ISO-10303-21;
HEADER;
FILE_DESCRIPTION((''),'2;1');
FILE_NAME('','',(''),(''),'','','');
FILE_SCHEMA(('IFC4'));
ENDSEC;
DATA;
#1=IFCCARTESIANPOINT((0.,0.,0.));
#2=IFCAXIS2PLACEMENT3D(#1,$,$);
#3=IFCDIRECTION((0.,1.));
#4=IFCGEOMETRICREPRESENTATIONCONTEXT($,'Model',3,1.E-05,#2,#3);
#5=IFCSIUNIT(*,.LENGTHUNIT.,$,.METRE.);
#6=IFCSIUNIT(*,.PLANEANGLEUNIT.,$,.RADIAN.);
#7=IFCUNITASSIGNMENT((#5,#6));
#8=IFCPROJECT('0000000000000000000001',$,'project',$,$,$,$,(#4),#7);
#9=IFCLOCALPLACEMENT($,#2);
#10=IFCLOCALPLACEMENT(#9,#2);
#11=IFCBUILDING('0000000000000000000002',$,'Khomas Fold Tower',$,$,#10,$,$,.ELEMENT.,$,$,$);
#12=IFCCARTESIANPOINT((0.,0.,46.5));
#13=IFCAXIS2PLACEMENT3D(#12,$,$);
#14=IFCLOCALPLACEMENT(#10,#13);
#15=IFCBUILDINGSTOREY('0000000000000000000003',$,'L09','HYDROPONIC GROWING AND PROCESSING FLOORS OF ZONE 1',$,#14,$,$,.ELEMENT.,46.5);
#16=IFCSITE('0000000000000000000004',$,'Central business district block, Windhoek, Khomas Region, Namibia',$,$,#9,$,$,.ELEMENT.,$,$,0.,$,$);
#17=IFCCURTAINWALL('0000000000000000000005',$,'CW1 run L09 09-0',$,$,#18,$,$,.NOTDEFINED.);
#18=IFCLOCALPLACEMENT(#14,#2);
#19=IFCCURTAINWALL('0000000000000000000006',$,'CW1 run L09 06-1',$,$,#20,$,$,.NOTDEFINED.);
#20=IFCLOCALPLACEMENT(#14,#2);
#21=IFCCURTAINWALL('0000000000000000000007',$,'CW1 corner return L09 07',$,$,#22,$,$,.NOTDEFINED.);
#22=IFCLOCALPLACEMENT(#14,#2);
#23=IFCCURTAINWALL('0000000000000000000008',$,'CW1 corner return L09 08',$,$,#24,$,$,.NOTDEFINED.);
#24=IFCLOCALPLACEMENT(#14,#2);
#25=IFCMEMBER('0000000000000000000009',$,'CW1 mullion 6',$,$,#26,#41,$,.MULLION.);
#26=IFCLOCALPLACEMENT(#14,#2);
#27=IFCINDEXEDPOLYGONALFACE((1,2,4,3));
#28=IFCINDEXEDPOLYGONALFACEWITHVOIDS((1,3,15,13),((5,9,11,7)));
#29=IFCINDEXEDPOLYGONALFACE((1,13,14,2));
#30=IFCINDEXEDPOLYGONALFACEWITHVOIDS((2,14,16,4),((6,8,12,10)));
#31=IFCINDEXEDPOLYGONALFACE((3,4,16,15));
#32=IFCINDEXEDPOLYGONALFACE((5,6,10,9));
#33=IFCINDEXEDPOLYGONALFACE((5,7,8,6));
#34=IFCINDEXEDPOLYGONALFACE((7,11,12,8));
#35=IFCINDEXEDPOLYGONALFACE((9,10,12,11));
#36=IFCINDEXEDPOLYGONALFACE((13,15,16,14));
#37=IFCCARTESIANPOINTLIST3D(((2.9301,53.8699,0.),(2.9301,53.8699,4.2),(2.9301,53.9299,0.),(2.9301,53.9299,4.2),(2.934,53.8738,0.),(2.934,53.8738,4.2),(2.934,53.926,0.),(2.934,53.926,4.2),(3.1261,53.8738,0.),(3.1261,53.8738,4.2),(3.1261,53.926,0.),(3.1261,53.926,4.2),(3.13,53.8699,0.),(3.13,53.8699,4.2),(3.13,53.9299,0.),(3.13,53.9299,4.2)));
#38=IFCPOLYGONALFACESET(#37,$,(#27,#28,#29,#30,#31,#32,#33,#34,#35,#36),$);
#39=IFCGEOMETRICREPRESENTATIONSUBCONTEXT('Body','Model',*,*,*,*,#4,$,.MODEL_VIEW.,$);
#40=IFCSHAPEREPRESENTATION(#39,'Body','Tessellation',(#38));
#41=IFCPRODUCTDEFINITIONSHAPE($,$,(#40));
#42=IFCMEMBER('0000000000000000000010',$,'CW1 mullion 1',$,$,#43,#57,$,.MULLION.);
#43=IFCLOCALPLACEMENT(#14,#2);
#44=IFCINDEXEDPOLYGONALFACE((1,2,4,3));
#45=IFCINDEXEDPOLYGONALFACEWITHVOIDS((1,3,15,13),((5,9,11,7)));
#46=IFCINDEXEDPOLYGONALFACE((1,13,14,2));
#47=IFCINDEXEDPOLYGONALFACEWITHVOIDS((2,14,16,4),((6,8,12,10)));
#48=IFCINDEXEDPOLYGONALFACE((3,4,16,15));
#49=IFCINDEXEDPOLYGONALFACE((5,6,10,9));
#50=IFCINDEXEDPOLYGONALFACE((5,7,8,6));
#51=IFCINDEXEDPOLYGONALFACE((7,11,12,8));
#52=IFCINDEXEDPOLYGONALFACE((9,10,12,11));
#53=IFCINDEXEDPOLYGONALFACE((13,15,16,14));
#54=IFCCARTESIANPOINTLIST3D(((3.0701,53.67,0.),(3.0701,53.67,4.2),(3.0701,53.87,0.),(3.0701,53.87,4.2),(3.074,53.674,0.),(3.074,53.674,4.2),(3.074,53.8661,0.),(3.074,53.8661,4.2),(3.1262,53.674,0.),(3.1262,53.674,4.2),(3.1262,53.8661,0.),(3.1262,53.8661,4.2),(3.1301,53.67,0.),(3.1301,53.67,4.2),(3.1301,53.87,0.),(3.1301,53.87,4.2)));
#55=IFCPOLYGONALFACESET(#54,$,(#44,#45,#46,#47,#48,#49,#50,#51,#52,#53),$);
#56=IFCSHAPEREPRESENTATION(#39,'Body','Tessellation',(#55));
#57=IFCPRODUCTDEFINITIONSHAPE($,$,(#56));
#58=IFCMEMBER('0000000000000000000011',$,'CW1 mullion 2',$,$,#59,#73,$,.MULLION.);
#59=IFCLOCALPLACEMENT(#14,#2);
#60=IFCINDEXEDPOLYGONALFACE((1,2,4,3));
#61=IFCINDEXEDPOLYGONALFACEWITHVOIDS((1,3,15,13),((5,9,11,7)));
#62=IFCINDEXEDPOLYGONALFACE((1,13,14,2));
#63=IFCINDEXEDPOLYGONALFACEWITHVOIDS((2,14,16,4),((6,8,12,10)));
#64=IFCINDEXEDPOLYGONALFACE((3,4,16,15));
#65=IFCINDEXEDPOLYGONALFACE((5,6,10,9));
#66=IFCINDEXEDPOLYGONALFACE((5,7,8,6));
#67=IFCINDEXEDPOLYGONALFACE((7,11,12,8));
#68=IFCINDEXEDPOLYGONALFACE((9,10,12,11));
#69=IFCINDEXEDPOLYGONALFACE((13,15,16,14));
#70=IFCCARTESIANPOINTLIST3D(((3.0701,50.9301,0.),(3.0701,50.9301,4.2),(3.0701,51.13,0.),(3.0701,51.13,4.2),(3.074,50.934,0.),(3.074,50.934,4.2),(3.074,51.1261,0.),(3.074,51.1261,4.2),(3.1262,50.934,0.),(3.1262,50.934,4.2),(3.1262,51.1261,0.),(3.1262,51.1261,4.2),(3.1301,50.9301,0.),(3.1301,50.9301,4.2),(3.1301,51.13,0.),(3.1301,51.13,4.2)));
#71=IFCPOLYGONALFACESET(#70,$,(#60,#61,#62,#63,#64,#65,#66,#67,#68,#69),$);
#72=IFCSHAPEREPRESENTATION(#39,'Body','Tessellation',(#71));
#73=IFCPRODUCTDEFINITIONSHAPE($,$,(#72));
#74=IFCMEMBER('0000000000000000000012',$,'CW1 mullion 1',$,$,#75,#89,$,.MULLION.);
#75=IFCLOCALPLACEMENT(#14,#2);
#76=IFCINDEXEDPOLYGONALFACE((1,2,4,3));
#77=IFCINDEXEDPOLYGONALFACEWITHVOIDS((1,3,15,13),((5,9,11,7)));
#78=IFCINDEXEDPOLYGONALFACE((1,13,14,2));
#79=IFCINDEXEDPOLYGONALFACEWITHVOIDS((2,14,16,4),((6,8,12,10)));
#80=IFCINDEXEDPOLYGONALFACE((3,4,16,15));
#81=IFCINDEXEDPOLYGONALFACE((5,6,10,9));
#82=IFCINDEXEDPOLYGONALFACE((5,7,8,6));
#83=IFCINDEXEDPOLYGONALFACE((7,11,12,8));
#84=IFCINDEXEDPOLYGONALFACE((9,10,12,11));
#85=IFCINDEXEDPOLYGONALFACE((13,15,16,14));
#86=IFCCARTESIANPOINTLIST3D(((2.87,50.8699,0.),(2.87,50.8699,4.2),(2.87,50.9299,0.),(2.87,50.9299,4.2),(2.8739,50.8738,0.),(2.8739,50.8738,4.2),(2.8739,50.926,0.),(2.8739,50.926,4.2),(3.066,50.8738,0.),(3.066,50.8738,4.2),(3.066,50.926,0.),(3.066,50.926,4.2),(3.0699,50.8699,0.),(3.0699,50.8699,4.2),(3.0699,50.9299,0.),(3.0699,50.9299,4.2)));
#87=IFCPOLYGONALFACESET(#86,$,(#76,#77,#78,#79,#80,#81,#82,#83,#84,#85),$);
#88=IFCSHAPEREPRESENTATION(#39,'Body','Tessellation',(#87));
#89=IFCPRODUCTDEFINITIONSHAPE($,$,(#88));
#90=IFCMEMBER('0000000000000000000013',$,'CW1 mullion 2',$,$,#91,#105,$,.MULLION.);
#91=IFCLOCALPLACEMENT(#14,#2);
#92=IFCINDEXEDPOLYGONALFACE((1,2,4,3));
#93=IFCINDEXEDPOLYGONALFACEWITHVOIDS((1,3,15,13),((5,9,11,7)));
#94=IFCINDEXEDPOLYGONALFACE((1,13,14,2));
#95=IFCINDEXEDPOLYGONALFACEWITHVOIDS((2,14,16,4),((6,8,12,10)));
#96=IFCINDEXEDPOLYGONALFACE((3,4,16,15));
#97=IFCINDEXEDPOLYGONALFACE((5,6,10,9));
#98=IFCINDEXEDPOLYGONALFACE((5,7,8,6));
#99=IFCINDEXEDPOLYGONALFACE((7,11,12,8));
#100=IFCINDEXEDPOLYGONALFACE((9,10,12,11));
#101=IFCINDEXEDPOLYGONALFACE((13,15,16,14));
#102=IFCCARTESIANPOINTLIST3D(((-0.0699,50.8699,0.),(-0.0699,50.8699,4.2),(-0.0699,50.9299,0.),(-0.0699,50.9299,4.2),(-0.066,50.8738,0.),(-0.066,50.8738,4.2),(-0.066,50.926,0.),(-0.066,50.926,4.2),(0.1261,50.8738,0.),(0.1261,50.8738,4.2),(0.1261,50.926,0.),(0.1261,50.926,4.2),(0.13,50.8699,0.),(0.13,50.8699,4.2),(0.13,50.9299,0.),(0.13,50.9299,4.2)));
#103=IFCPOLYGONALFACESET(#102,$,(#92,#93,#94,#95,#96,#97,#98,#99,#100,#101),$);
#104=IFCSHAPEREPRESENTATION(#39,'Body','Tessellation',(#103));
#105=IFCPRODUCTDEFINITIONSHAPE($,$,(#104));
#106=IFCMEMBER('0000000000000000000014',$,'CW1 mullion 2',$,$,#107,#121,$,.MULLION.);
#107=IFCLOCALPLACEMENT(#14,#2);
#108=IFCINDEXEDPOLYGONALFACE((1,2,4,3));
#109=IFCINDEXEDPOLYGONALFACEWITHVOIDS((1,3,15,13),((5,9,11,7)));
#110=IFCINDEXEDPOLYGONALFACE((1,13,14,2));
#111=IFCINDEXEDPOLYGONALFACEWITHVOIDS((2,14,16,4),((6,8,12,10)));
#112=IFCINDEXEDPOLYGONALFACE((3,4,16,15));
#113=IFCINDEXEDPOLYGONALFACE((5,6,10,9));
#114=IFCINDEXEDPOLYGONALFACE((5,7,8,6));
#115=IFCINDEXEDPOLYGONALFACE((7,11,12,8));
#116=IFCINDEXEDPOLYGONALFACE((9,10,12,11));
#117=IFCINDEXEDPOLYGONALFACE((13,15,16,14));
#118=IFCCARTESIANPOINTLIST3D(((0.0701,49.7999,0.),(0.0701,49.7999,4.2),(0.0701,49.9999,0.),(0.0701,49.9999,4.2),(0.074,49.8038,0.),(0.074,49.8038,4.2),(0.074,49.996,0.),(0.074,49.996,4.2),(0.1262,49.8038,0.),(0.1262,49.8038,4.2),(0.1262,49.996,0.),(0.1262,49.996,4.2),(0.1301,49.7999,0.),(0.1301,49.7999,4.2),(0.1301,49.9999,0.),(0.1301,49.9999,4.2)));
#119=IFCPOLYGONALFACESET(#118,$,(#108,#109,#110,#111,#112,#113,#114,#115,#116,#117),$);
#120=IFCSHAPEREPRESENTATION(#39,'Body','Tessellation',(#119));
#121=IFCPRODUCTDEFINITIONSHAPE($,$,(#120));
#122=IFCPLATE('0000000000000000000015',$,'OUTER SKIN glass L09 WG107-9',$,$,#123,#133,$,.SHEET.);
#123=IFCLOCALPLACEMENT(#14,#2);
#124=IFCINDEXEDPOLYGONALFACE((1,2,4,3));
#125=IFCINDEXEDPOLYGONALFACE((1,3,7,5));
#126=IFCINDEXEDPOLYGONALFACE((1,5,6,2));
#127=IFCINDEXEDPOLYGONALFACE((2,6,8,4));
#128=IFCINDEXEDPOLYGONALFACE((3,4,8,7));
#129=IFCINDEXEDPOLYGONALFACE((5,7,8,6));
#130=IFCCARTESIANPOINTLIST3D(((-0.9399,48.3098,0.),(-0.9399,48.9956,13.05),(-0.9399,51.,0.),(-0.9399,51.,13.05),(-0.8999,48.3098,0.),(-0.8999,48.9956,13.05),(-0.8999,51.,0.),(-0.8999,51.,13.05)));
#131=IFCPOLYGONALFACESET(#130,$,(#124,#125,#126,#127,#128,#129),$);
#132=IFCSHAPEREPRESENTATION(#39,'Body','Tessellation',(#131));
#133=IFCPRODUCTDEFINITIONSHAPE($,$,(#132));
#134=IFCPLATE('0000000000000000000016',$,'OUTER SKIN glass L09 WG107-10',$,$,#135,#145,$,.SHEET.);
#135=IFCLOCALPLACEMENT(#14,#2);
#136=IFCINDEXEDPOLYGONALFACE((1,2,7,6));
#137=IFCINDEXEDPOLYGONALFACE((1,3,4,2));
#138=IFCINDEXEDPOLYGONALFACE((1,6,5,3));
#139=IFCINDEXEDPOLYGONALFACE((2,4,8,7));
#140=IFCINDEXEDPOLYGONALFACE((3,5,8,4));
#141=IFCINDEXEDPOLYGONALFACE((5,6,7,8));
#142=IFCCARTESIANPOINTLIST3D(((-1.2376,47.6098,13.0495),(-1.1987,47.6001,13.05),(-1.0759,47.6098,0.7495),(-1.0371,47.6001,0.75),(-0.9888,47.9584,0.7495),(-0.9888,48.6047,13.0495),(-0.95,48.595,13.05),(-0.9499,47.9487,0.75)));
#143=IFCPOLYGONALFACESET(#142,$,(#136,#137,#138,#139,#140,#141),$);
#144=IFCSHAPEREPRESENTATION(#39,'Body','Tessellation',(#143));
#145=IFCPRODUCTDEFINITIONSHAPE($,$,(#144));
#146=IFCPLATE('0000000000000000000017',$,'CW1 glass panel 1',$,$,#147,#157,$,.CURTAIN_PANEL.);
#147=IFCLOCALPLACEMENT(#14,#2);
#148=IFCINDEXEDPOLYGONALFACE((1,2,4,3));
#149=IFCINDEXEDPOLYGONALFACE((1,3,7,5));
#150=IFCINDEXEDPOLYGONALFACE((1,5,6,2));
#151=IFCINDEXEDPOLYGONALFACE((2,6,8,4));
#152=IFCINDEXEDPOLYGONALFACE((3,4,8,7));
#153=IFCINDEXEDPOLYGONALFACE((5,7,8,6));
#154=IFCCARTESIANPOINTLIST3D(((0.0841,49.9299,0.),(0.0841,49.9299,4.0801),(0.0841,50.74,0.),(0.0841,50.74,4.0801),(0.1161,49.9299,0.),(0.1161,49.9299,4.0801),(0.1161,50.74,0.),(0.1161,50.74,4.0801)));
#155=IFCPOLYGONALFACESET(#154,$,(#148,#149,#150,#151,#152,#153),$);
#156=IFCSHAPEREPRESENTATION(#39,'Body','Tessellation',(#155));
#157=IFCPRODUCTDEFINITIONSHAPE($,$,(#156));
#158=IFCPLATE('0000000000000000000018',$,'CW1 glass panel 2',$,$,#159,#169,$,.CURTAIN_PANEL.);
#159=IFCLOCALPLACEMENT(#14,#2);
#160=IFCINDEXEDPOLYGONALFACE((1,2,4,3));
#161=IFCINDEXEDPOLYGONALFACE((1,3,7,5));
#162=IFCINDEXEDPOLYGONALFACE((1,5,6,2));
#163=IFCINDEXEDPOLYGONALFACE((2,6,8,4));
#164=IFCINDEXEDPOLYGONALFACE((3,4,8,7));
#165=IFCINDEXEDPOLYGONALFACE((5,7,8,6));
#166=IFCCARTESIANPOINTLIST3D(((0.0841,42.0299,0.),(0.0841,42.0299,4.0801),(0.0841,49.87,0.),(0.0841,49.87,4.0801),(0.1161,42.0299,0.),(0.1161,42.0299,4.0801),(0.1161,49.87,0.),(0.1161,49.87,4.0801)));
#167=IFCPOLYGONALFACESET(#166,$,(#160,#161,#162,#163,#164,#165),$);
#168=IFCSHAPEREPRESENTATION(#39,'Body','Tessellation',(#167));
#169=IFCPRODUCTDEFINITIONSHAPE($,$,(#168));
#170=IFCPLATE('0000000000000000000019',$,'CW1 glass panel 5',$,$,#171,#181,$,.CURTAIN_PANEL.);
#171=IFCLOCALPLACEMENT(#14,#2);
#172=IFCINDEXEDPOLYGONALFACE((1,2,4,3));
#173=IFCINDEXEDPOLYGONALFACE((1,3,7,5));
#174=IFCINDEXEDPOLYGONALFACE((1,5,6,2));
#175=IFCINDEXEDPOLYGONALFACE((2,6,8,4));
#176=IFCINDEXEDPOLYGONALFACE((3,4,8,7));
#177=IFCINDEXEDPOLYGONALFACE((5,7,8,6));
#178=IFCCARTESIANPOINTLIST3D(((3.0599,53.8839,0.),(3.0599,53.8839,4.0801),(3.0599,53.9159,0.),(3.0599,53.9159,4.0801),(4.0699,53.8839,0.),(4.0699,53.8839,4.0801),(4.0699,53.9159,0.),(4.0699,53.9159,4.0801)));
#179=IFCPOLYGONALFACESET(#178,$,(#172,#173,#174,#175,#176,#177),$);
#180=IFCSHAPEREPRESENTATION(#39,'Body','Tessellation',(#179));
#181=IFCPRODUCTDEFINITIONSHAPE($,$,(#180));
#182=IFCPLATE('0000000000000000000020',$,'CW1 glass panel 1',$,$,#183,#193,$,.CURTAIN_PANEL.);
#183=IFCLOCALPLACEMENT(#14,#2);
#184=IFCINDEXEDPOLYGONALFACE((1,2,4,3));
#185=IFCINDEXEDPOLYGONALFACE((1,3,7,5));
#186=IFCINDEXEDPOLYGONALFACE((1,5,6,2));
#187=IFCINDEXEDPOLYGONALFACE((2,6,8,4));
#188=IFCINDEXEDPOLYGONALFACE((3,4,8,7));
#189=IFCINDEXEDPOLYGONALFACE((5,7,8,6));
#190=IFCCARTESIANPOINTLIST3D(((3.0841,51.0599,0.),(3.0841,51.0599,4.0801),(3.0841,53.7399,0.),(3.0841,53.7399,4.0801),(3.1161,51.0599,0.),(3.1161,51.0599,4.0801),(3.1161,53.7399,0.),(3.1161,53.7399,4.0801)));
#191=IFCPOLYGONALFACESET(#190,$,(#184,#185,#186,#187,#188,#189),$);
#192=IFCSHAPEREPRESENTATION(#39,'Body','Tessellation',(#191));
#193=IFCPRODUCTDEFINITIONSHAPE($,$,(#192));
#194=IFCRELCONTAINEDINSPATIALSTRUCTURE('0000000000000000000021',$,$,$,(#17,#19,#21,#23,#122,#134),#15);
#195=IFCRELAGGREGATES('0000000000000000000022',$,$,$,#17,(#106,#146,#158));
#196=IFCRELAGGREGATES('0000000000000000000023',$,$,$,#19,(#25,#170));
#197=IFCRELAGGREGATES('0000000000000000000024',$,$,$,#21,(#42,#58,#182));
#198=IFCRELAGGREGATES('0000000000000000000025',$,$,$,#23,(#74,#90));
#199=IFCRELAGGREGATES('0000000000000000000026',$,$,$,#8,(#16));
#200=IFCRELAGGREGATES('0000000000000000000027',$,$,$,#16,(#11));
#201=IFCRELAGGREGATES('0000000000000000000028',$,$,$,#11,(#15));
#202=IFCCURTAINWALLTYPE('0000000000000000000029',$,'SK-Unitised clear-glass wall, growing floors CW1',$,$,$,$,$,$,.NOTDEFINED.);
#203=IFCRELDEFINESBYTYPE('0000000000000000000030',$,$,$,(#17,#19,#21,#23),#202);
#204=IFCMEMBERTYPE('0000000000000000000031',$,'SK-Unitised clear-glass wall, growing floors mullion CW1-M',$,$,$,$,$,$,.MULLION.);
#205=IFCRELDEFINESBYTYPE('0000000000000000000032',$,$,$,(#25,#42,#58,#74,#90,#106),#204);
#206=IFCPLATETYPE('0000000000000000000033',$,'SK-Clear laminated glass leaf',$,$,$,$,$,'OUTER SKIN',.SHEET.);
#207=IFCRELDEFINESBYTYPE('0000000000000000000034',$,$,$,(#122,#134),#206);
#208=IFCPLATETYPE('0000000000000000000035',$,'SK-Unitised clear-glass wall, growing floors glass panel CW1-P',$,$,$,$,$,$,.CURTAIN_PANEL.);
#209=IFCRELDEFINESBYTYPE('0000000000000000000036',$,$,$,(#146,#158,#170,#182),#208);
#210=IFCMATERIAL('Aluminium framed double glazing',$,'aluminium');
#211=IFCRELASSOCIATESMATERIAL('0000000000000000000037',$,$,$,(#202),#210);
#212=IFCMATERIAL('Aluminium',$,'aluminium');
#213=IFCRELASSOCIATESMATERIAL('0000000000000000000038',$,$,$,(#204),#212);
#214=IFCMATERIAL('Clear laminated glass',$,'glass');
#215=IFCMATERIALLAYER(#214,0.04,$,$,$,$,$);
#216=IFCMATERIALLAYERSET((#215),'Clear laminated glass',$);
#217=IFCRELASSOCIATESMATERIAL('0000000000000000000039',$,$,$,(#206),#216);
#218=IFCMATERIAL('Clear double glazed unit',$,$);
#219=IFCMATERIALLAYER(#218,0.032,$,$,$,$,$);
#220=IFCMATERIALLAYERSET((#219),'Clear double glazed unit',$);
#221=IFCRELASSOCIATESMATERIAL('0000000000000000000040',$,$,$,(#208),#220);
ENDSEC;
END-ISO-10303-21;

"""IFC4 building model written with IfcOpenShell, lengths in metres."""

from ifc_helpers import new_model, si_unit, direction, frame, origin, origin_2d, place, context, subcontext, project, spatial, polyline, rectangle, hollow_rectangle, outline, extrude, source, transform, mapped, material, layer, layer_set, material_profile, profile_set, type_object, element, aggregate, save


model = new_model("IFC4")

# Units and contexts
model_context = context("Model", 3, precision=1e-05, world=origin(), true_north=direction((0.0, 1.0)))
body_context = subcontext(model_context, "Body", "Model", "MODEL_VIEW")
ifc_project = project(units=[si_unit("LENGTHUNIT", "METRE"), si_unit("PLANEANGLEUNIT", "RADIAN")], contexts=[model_context])

# Site, building, storey
site_placement = place(None, origin())
site = spatial("IfcSite", under=ifc_project, at=site_placement, Name="Central business district block, Windhoek, Khomas Region, Namibia", CompositionType="ELEMENT", RefElevation=0.0)
building_placement = place(site_placement, origin())
building = spatial("IfcBuilding", under=site, at=building_placement, Name="Khomas Fold Tower", CompositionType="ELEMENT")
storey_placement = place(building_placement, frame((0.0, 0.0, 46.5)))
storey = spatial("IfcBuildingStorey", under=building, at=storey_placement, Name="L09", Description="HYDROPONIC GROWING AND PROCESSING FLOORS OF ZONE 1", CompositionType="ELEMENT", Elevation=46.5)

# Curtain wall
ifc_material_1 = material(Name="Aluminium framed double glazing", Category="aluminium")
curtain_wall_type = type_object("IfcCurtainWallType", Name="SK-Unitised clear-glass wall, growing floors CW1", PredefinedType="NOTDEFINED", material=ifc_material_1)
curtain_wall_1_placement = place(storey_placement, origin())
curtain_wall_1 = element("IfcCurtainWall", 1, at=curtain_wall_1_placement, inside=storey, type_object=curtain_wall_type, Name="CW1 run L09 09-0", PredefinedType="NOTDEFINED")

# Curtain walls
curtain_wall_2_placement = place(storey_placement, origin())
curtain_wall_2 = element("IfcCurtainWall", 2, at=curtain_wall_2_placement, inside=storey, type_object=curtain_wall_type, Name="CW1 run L09 06-1", PredefinedType="NOTDEFINED")
curtain_wall_3_placement = place(storey_placement, origin())
curtain_wall_3 = element("IfcCurtainWall", 3, at=curtain_wall_3_placement, inside=storey, type_object=curtain_wall_type, Name="CW1 corner return L09 07", PredefinedType="NOTDEFINED")
curtain_wall_4_placement = place(storey_placement, origin())
curtain_wall_4 = element("IfcCurtainWall", 4, at=curtain_wall_4_placement, inside=storey, type_object=curtain_wall_type, Name="CW1 corner return L09 08", PredefinedType="NOTDEFINED")

# Members
ifc_material_2 = material(Name="Aluminium", Category="aluminium")
ifc_material_profile_1 = material_profile(ifc_material_2, hollow_rectangle(XDim=0.0601, YDim=0.2, WallThickness=0.0039, at=origin_2d()), Name="SK-Unitised clear-glass wall, growing floors mullion CW1-M")
ifc_profile_set_1 = profile_set([ifc_material_profile_1], Name="Aluminium")
member_type_1 = type_object("IfcMemberType", Name="SK-Unitised clear-glass wall, growing floors mullion CW1-M", PredefinedType="MULLION", material=ifc_profile_set_1)
shared_shape_1 = source(origin(), body_context, "Body", "SweptSolid", [
    extrude(hollow_rectangle(XDim=0.0601, YDim=0.2, WallThickness=0.0039, at=origin_2d()), origin(), (0.0, 0.0, 1.0), 4.2),
])
member_1_placement = place(storey_placement, frame((3.03, 53.8999, 0.0), z_axis=(0.0, 0.0, 1.0), x_axis=(0.0, -1.0, 0.0)))
member_1 = element("IfcMember", 5, at=member_1_placement, type_object=member_type_1, Name="CW1 mullion 6", PredefinedType="MULLION", context=body_context, shape_type="MappedRepresentation", body=[
    mapped(shared_shape_1, transform((0.0, 0.0, 0.0))),
])
member_2_placement = place(storey_placement, frame((3.1001, 53.77, 0.0), z_axis=(0.0, 0.0, 1.0), x_axis=(1.0, 0.0, 0.0)))
member_2 = element("IfcMember", 6, at=member_2_placement, type_object=member_type_1, Name="CW1 mullion 1", PredefinedType="MULLION", context=body_context, shape_type="MappedRepresentation", body=[
    mapped(shared_shape_1, transform((0.0, 0.0, 0.0))),
])
member_3_placement = place(storey_placement, frame((3.1001, 51.03, 0.0), z_axis=(0.0, 0.0, 1.0), x_axis=(1.0, 0.0, 0.0)))
member_3 = element("IfcMember", 7, at=member_3_placement, type_object=member_type_1, Name="CW1 mullion 2", PredefinedType="MULLION", context=body_context, shape_type="MappedRepresentation", body=[
    mapped(shared_shape_1, transform((0.0, 0.0, 0.0))),
])
member_4_placement = place(storey_placement, frame((2.97, 50.8999, 0.0), z_axis=(0.0, 0.0, 1.0), x_axis=(0.0, -1.0, 0.0)))
member_4 = element("IfcMember", 8, at=member_4_placement, type_object=member_type_1, Name="CW1 mullion 1", PredefinedType="MULLION", context=body_context, shape_type="MappedRepresentation", body=[
    mapped(shared_shape_1, transform((0.0, 0.0, 0.0))),
])
member_5_placement = place(storey_placement, frame((0.03, 50.8999, 0.0), z_axis=(0.0, 0.0, 1.0), x_axis=(0.0, -1.0, 0.0)))
member_5 = element("IfcMember", 9, at=member_5_placement, type_object=member_type_1, Name="CW1 mullion 2", PredefinedType="MULLION", context=body_context, shape_type="MappedRepresentation", body=[
    mapped(shared_shape_1, transform((0.0, 0.0, 0.0))),
])
member_6_placement = place(storey_placement, frame((0.1001, 49.8999, 0.0), z_axis=(0.0, 0.0, 1.0), x_axis=(1.0, 0.0, 0.0)))
member_6 = element("IfcMember", 10, at=member_6_placement, type_object=member_type_1, Name="CW1 mullion 2", PredefinedType="MULLION", context=body_context, shape_type="MappedRepresentation", body=[
    mapped(shared_shape_1, transform((0.0, 0.0, 0.0))),
])

# Plates
ifc_material_3 = material(Name="Clear laminated glass", Category="glass")
ifc_layer_1 = layer(ifc_material_3, 0.04)
ifc_layer_set_1 = layer_set([ifc_layer_1], Name="Clear laminated glass")
plate_type_1 = type_object("IfcPlateType", Name="SK-Clear laminated glass leaf", ElementType="OUTER SKIN", PredefinedType="SHEET", material=ifc_layer_set_1)
plate_1_placement = place(storey_placement, frame((-0.9399, 48.3098, 0.0), z_axis=(-1.0, 0.0, 0.0), x_axis=(0.0, 0.052478, 0.998622)))
element("IfcPlate", 11, at=plate_1_placement, inside=storey, type_object=plate_type_1, Name="OUTER SKIN glass L09 WG107-9", PredefinedType="SHEET", context=body_context, shape_type="SweptSolid", body=[
    extrude(outline(polyline([(0.0, 0.0), (13.0681, 0.0), (13.1732, 2.0016), (0.1412, 2.6865), (0.0, 0.0)])), origin(), (0.0, 0.0, -1.0), 0.04),
])
plate_2_placement = place(storey_placement, frame((-0.95, 48.595, 13.05), z_axis=(0.970053, -0.242557, 0.012745), x_axis=(0.000001, -0.052468, -0.998623)))
element("IfcPlate", 12, at=plate_2_placement, inside=storey, type_object=plate_type_1, Name="OUTER SKIN glass L09 WG107-10", PredefinedType="SHEET", context=body_context, shape_type="SweptSolid", body=[
    extrude(outline(polyline([(0.0, 0.0), (12.317, 0.0), (12.3353, -0.3589), (0.0522, -1.0242), (0.0, 0.0)])), origin(), (0.0, 0.0, -1.0), 0.04),
])

# Plates
ifc_material_4 = material(Name="Clear double glazed unit")
ifc_layer_2 = layer(ifc_material_4, 0.032)
ifc_layer_set_2 = layer_set([ifc_layer_2], Name="Clear double glazed unit")
plate_type_2 = type_object("IfcPlateType", Name="SK-Unitised clear-glass wall, growing floors glass panel CW1-P", PredefinedType="CURTAIN_PANEL", material=ifc_layer_set_2)
shared_shape_2 = source(origin(), body_context, "Body", "SweptSolid", [
    extrude(rectangle(XDim=0.8101, YDim=0.032, at=origin_2d()), origin(), (0.0, 0.0, 1.0), 4.0801),
])
plate_3_placement = place(storey_placement, frame((0.1001, 50.335, 0.0), z_axis=(0.0, 0.0, 1.0), x_axis=(0.0, -1.0, 0.0)))
plate_3 = element("IfcPlate", 13, at=plate_3_placement, type_object=plate_type_2, Name="CW1 glass panel 1", PredefinedType="CURTAIN_PANEL", context=body_context, shape_type="MappedRepresentation", body=[
    mapped(shared_shape_2, transform((0.0, 0.0, 0.0))),
])
shared_shape_3 = source(origin(), body_context, "Body", "SweptSolid", [
    extrude(rectangle(XDim=7.8401, YDim=0.032, at=origin_2d()), origin(), (0.0, 0.0, 1.0), 4.0801),
])
plate_4_placement = place(storey_placement, frame((0.1001, 45.95, 0.0), z_axis=(0.0, 0.0, 1.0), x_axis=(0.0, -1.0, 0.0)))
plate_4 = element("IfcPlate", 14, at=plate_4_placement, type_object=plate_type_2, Name="CW1 glass panel 2", PredefinedType="CURTAIN_PANEL", context=body_context, shape_type="MappedRepresentation", body=[
    mapped(shared_shape_3, transform((0.0, 0.0, 0.0))),
])
aggregate(curtain_wall_1, [member_6, plate_3, plate_4])
shared_shape_4 = source(origin(), body_context, "Body", "SweptSolid", [
    extrude(rectangle(XDim=1.01, YDim=0.032, at=origin_2d()), origin(), (0.0, 0.0, 1.0), 4.0801),
])
plate_5_placement = place(storey_placement, frame((3.5649, 53.8999, 0.0), z_axis=(0.0, 0.0, 1.0), x_axis=(-1.0, 0.0, 0.0)))
plate_5 = element("IfcPlate", 15, at=plate_5_placement, type_object=plate_type_2, Name="CW1 glass panel 5", PredefinedType="CURTAIN_PANEL", context=body_context, shape_type="MappedRepresentation", body=[
    mapped(shared_shape_4, transform((0.0, 0.0, 0.0))),
])
aggregate(curtain_wall_2, [member_1, plate_5])
shared_shape_5 = source(origin(), body_context, "Body", "SweptSolid", [
    extrude(rectangle(XDim=2.6799, YDim=0.032, at=origin_2d()), origin(), (0.0, 0.0, 1.0), 4.0801),
])
plate_6_placement = place(storey_placement, frame((3.1001, 52.3999, 0.0), z_axis=(0.0, 0.0, 1.0), x_axis=(0.0, -1.0, 0.0)))
plate_6 = element("IfcPlate", 16, at=plate_6_placement, type_object=plate_type_2, Name="CW1 glass panel 1", PredefinedType="CURTAIN_PANEL", context=body_context, shape_type="MappedRepresentation", body=[
    mapped(shared_shape_5, transform((0.0, 0.0, 0.0))),
])
aggregate(curtain_wall_3, [member_2, member_3, plate_6])
aggregate(curtain_wall_4, [member_4, member_5])

save(model, "model.ifc")
